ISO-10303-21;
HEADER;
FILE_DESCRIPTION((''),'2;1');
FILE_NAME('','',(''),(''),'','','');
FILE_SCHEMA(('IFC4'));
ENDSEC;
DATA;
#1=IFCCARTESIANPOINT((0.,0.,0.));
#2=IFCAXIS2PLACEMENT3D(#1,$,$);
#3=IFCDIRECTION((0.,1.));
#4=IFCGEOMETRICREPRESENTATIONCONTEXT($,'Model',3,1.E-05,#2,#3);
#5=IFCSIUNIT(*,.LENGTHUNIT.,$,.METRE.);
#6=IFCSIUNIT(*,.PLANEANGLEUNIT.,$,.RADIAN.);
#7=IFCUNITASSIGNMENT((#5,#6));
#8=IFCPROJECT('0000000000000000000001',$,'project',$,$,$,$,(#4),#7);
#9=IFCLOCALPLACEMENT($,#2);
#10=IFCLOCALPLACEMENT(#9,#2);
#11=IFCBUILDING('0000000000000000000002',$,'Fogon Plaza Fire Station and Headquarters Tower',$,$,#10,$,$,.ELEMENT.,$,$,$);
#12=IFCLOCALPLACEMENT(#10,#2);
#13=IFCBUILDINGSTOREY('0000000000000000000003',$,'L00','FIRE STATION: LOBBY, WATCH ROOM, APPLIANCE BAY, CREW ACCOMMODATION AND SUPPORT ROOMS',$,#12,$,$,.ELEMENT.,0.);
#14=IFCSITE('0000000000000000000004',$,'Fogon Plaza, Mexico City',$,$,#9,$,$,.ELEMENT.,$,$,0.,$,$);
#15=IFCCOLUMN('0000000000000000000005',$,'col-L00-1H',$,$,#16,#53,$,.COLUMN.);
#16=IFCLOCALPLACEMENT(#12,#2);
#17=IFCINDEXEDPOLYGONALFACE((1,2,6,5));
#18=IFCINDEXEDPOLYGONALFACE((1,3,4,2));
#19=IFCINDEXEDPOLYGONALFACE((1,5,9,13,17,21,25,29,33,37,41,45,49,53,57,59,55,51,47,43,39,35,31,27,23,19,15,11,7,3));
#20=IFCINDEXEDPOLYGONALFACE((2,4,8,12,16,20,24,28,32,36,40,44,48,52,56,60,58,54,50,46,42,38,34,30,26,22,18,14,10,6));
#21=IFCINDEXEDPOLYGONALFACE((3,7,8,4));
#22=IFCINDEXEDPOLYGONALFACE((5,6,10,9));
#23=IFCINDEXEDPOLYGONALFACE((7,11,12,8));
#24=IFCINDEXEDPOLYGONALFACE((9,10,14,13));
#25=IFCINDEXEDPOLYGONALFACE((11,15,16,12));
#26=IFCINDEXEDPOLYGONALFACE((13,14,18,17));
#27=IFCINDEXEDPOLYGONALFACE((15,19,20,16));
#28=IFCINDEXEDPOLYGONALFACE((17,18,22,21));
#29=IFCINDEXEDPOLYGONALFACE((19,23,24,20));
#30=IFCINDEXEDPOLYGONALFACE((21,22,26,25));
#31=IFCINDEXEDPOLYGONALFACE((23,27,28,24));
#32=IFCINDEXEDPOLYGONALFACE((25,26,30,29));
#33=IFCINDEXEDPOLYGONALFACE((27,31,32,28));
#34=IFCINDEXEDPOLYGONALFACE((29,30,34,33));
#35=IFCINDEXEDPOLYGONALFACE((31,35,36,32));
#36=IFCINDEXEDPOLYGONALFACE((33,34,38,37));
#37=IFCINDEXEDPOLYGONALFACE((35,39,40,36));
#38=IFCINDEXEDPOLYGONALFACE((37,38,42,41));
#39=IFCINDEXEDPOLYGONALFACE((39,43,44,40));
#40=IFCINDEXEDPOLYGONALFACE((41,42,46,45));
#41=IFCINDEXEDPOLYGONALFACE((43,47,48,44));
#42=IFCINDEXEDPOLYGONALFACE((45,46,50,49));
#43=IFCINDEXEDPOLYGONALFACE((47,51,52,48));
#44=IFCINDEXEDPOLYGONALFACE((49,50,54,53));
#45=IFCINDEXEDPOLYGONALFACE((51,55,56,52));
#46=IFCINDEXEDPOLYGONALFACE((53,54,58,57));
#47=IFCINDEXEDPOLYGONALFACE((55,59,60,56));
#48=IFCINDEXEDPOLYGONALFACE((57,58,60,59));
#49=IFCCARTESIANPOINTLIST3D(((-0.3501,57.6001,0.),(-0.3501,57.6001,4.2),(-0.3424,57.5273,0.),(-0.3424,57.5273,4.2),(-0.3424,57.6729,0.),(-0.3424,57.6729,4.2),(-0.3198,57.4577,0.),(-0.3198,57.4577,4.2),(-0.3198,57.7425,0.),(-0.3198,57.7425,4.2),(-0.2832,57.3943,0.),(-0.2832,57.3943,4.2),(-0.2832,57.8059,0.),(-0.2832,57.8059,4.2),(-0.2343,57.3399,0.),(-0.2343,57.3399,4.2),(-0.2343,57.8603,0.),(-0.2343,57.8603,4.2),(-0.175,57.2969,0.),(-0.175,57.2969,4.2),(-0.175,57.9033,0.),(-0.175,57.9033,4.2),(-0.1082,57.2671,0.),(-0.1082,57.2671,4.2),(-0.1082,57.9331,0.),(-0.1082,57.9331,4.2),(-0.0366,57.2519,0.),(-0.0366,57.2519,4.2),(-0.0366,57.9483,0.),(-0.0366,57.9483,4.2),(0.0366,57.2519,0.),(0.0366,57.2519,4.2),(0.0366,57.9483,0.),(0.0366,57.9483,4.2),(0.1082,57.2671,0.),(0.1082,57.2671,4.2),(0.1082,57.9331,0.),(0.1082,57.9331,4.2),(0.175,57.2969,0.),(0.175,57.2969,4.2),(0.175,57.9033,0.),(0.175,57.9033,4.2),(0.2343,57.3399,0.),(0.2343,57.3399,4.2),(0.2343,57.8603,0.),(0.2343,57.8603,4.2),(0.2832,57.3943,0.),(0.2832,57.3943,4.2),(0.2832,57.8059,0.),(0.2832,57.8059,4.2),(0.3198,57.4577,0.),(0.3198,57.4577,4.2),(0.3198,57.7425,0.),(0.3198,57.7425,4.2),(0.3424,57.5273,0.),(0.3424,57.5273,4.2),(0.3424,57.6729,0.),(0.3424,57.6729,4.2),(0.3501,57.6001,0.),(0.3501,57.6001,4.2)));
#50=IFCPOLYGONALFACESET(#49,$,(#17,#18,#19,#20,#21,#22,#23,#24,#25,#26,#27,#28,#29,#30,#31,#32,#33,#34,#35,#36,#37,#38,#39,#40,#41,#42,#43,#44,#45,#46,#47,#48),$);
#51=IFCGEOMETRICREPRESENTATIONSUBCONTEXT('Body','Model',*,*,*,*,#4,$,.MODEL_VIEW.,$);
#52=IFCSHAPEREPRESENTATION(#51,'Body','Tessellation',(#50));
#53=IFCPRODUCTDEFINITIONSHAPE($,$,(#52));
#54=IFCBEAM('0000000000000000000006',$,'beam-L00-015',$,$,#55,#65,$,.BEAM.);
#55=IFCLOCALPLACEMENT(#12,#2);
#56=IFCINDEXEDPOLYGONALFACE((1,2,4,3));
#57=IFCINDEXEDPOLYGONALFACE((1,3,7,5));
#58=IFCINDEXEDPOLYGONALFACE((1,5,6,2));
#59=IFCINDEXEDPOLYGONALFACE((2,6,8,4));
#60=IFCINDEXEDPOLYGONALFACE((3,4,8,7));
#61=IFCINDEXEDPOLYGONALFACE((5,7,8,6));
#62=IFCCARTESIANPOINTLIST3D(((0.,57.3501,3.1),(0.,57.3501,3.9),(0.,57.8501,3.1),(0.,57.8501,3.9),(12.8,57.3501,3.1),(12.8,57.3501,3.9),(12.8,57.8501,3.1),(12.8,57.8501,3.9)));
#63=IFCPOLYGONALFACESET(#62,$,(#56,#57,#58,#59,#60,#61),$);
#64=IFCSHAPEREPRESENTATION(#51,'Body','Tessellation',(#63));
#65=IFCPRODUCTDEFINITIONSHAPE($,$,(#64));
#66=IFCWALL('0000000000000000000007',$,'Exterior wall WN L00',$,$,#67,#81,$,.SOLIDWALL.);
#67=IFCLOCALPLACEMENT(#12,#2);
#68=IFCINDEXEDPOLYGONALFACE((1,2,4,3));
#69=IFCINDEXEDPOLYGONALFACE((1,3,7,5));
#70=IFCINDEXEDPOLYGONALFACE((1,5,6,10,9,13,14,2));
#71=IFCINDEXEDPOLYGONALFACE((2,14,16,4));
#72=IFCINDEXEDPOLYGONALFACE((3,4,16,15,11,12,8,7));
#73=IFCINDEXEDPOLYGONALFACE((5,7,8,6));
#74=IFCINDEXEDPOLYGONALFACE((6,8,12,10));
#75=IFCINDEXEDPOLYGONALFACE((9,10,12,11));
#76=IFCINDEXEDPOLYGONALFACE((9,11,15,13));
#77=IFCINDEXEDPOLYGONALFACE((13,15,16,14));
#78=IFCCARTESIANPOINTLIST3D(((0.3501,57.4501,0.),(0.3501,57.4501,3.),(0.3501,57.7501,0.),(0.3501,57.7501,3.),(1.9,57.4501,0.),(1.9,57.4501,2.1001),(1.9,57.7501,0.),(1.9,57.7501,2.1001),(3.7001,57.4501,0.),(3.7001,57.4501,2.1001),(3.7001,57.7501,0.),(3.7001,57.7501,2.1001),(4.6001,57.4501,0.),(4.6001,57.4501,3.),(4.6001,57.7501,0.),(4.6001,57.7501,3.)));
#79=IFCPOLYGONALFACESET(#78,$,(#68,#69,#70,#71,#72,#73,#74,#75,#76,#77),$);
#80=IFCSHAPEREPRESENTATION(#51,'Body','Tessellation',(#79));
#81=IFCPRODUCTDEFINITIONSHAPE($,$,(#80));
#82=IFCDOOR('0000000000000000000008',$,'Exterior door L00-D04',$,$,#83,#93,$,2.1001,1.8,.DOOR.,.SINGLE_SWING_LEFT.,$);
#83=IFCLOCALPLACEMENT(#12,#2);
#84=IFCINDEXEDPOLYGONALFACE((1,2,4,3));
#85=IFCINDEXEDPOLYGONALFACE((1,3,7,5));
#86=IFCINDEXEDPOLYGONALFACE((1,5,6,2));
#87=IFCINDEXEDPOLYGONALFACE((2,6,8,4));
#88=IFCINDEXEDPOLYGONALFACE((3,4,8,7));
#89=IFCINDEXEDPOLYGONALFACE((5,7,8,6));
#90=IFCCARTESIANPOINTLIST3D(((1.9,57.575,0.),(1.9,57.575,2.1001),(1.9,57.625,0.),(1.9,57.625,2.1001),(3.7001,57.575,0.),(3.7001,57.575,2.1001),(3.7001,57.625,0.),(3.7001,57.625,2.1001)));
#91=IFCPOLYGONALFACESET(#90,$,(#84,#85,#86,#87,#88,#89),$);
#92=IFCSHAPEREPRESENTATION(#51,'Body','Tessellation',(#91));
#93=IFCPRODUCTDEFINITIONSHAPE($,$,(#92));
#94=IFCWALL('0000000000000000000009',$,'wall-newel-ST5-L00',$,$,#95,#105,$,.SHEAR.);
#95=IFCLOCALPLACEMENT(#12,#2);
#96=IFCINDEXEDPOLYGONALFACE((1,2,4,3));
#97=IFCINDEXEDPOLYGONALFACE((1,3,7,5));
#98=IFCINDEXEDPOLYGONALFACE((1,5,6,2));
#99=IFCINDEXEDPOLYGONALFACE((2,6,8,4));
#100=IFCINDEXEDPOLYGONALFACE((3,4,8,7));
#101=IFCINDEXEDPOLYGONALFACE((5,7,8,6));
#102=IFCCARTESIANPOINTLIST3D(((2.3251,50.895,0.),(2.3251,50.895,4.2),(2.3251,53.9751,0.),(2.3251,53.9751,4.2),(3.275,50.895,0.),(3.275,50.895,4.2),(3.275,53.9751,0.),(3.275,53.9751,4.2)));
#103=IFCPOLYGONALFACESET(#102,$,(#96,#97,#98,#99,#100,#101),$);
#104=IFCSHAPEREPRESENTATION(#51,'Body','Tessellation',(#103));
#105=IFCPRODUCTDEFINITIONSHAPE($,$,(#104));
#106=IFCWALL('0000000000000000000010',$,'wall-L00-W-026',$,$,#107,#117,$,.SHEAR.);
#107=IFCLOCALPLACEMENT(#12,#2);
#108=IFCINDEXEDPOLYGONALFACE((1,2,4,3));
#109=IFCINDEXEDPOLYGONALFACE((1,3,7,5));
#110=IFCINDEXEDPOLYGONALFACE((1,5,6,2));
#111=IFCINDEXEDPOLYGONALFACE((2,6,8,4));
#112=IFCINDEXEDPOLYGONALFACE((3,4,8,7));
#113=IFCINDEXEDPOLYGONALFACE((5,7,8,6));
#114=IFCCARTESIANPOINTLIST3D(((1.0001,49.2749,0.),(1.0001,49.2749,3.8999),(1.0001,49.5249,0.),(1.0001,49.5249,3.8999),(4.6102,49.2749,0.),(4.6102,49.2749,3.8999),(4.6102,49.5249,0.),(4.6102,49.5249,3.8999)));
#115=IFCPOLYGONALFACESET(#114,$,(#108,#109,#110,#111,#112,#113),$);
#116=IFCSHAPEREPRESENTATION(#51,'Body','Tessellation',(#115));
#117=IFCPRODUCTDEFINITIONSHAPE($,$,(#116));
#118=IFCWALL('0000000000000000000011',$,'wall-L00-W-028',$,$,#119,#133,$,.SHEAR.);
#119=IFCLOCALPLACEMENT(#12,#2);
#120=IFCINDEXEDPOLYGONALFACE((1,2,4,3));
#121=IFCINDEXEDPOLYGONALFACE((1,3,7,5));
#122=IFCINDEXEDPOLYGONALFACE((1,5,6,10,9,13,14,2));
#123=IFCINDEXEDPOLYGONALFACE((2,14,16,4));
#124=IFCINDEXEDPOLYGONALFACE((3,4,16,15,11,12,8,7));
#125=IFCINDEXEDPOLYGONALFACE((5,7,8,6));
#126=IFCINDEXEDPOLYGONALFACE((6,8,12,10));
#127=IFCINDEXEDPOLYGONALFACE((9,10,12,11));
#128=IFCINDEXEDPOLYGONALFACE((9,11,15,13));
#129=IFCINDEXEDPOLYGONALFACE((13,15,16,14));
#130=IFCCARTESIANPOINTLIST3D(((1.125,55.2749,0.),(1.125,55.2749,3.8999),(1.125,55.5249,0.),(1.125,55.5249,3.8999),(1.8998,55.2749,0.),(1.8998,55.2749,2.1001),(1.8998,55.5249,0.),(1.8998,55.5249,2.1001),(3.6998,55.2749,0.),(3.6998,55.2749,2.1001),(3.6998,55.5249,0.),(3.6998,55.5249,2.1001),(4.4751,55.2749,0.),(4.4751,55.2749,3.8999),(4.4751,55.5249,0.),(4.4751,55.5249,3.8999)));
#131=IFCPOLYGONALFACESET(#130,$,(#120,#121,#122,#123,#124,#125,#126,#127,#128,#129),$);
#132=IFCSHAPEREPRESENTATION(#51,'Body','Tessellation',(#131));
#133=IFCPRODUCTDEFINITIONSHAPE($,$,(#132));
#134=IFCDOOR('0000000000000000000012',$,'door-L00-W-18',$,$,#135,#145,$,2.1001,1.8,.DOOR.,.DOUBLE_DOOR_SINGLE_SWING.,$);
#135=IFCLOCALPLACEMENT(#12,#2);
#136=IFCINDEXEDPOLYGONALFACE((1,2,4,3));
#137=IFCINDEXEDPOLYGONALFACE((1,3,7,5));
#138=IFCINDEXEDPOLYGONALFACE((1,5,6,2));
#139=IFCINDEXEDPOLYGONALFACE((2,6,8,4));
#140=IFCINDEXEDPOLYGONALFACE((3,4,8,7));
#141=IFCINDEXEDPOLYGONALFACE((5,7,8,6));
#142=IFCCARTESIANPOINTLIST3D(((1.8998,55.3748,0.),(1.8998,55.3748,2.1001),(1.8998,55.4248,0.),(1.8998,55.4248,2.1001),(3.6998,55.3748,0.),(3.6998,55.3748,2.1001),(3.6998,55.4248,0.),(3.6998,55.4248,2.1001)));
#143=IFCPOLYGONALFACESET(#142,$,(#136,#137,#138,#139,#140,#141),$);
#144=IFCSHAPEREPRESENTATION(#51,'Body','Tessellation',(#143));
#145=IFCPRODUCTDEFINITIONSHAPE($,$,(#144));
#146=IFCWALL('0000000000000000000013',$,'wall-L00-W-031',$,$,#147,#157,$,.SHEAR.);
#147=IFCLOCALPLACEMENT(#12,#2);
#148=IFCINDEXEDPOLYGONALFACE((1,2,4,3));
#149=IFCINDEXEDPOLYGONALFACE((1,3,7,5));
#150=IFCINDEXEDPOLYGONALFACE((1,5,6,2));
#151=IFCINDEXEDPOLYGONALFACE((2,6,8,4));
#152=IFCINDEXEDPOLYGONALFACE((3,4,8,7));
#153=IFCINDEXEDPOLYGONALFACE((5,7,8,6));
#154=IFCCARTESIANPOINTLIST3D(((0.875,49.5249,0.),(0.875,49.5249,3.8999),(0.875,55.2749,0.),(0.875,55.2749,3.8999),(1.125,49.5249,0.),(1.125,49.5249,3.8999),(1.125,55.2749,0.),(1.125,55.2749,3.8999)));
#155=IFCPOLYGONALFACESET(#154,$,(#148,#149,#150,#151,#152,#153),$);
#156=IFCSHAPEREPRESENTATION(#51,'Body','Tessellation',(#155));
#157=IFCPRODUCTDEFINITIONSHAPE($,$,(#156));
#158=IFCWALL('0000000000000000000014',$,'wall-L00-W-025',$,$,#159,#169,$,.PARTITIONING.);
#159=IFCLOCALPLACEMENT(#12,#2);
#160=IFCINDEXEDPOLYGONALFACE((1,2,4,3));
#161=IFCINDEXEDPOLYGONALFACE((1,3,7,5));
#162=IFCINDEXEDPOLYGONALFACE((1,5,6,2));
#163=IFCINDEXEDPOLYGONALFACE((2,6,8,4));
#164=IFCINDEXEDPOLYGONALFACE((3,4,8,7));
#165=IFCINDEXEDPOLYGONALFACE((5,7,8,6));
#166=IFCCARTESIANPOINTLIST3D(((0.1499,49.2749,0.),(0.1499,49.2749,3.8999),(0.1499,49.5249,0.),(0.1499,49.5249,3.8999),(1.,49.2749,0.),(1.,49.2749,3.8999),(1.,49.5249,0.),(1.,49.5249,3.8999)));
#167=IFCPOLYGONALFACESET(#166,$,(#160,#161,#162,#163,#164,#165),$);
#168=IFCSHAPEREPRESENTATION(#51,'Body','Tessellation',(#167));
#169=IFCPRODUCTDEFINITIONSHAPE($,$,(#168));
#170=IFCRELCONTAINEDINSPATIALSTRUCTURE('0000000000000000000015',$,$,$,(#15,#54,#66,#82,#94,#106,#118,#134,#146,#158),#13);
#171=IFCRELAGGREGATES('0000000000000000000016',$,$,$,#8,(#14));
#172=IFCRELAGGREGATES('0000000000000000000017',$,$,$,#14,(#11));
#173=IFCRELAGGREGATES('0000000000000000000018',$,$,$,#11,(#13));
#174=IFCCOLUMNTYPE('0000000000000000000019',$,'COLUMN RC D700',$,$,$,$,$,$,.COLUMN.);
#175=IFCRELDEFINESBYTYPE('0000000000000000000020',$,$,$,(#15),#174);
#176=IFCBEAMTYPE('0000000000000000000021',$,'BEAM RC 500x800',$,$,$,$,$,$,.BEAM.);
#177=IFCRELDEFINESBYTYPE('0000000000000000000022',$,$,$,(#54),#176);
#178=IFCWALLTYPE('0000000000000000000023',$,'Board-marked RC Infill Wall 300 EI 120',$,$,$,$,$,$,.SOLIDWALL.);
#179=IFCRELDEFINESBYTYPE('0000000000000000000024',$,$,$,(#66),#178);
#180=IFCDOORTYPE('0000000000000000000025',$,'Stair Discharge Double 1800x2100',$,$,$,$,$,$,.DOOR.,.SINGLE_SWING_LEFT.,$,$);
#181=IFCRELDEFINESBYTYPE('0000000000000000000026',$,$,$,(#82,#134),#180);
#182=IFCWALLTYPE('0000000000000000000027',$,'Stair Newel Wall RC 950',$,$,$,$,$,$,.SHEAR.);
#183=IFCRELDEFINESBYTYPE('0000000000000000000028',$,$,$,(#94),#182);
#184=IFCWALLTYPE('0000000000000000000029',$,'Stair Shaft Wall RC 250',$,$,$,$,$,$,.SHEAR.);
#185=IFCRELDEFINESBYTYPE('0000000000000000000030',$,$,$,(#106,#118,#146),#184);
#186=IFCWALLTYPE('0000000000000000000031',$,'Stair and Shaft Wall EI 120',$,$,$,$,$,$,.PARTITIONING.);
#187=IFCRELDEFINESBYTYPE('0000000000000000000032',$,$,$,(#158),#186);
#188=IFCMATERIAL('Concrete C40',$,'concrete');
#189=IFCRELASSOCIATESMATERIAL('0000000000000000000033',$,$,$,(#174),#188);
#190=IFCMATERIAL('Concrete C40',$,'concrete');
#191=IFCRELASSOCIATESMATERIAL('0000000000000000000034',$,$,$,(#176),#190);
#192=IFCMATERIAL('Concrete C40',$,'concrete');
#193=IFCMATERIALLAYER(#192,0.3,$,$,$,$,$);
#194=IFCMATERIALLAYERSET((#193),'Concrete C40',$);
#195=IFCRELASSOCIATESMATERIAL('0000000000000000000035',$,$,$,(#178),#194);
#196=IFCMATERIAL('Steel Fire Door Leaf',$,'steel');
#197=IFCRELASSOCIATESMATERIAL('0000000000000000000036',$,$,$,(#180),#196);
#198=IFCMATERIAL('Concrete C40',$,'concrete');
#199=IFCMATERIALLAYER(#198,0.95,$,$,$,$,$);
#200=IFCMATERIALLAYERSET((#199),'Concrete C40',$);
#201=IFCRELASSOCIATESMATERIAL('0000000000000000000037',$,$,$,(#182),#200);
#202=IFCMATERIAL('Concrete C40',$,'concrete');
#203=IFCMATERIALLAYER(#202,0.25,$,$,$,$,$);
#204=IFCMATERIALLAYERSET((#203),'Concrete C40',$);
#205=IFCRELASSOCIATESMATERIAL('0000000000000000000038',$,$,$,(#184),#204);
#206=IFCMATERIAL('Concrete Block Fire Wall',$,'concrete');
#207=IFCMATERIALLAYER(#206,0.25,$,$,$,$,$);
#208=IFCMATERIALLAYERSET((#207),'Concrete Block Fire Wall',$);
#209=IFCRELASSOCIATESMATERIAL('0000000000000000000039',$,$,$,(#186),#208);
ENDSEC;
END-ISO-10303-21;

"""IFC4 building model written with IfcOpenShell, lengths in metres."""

from ifc_helpers import new_model, si_unit, direction, frame, frame_2d, origin, origin_2d, place, context, subcontext, project, spatial, rectangle, circle, extrude, material, layer, layer_set, material_profile, profile_set, type_object, element, fill, save


model = new_model("IFC4")

# Units and contexts
model_context = context("Model", 3, precision=1e-05, world=origin(), true_north=direction((0.0, 1.0)))
body_context = subcontext(model_context, "Body", "Model", "MODEL_VIEW")
ifc_project = project(units=[si_unit("LENGTHUNIT", "METRE"), si_unit("PLANEANGLEUNIT", "RADIAN")], contexts=[model_context])

# Site, building, storey
site_placement = place(None, origin())
site = spatial("IfcSite", under=ifc_project, at=site_placement, Name="Fogon Plaza, Mexico City", CompositionType="ELEMENT", RefElevation=0.0)
building_placement = place(site_placement, origin())
building = spatial("IfcBuilding", under=site, at=building_placement, Name="Fogon Plaza Fire Station and Headquarters Tower", CompositionType="ELEMENT")
storey_placement = place(building_placement, origin())
storey = spatial("IfcBuildingStorey", under=building, at=storey_placement, Name="L00", Description="FIRE STATION: LOBBY, WATCH ROOM, APPLIANCE BAY, CREW ACCOMMODATION AND SUPPORT ROOMS", CompositionType="ELEMENT", Elevation=0.0)

# Column
ifc_material_1 = material(Name="Concrete C40", Category="concrete")
ifc_material_profile_1 = material_profile(ifc_material_1, circle(Radius=0.3501, at=origin_2d()), Name="RC D700")
ifc_profile_set_1 = profile_set([ifc_material_profile_1], Name="Concrete C40")
column_type = type_object("IfcColumnType", Name="COLUMN RC D700", PredefinedType="COLUMN", material=ifc_profile_set_1)
column_placement = place(storey_placement, frame((0.0, 57.6001, 0.0), z_axis=(0.0, 0.0, 1.0), x_axis=(1.0, 0.0, 0.0)))
element("IfcColumn", 1, at=column_placement, inside=storey, type_object=column_type, Name="col-L00-1H", PredefinedType="COLUMN", context=body_context, shape_type="SweptSolid", body=[
    extrude(circle(Radius=0.3501, at=origin_2d()), origin(), (0.0, 0.0, 1.0), 4.2),
])

# Beam
ifc_material_2 = material(Name="Concrete C40", Category="concrete")
ifc_material_profile_2 = material_profile(ifc_material_2, rectangle(XDim=0.5, YDim=0.8, at=origin_2d()), Name="RC 500x800")
ifc_profile_set_2 = profile_set([ifc_material_profile_2], Name="Concrete C40")
beam_type = type_object("IfcBeamType", Name="BEAM RC 500x800", PredefinedType="BEAM", material=ifc_profile_set_2)
beam_placement = place(storey_placement, frame((0.0, 57.6001, 3.5), z_axis=(1.0, 0.0, 0.0), x_axis=(0.0, 1.0, 0.0)))
element("IfcBeam", 2, at=beam_placement, inside=storey, type_object=beam_type, Name="beam-L00-015", PredefinedType="BEAM", context=body_context, shape_type="SweptSolid", body=[
    extrude(rectangle(XDim=0.5, YDim=0.8, at=origin_2d()), origin(), (0.0, 0.0, 1.0), 12.8),
])

# Wall, opening, door
ifc_material_3 = material(Name="Concrete C40", Category="concrete")
ifc_layer_1 = layer(ifc_material_3, 0.3)
ifc_layer_set_1 = layer_set([ifc_layer_1], Name="Concrete C40")
wall_type_1 = type_object("IfcWallType", Name="Board-marked RC Infill Wall 300 EI 120", PredefinedType="SOLIDWALL", material=ifc_layer_set_1)
wall_1_placement = place(storey_placement, frame((0.3501, 57.6001, 0.0), z_axis=(0.0, 0.0, 1.0), x_axis=(1.0, 0.0, 0.0)))
wall_1 = element("IfcWall", 3, at=wall_1_placement, inside=storey, type_object=wall_type_1, Name="Exterior wall WN L00", PredefinedType="SOLIDWALL", context=body_context, shape_type="SweptSolid", body=[
    extrude(rectangle(XDim=4.25, YDim=0.3, at=frame_2d((2.125, 0.0))), origin(), (0.0, 0.0, 1.0), 3.0),
])
opening_1_placement = place(wall_1_placement, frame((1.55, 0.0, 0.0)))
opening_1 = element("IfcOpeningElement", 4, at=opening_1_placement, cuts=wall_1, PredefinedType="OPENING", context=body_context, shape_type="SweptSolid", body=[
    extrude(rectangle(XDim=1.8, YDim=2.1001, at=frame_2d((0.8999, 1.05))), frame((0.0, 0.1599, 0.0), z_axis=(0.0, -1.0, 0.0), x_axis=(1.0, 0.0, 0.0)), (0.0, 0.0, 1.0), 0.3201),
])
ifc_material_4 = material(Name="Steel Fire Door Leaf", Category="steel")
door_type = type_object("IfcDoorType", Name="Stair Discharge Double 1800x2100", OperationType="SINGLE_SWING_LEFT", PredefinedType="DOOR", material=ifc_material_4)
door_1_placement = place(opening_1_placement, origin())
door_1 = element("IfcDoor", 5, at=door_1_placement, inside=storey, type_object=door_type, Name="Exterior door L00-D04", OperationType="SINGLE_SWING_LEFT", OverallHeight=2.1001, OverallWidth=1.8, PredefinedType="DOOR", context=body_context, shape_type="SweptSolid", body=[
    extrude(rectangle(XDim=1.8, YDim=2.1001, at=frame_2d((0.8999, 1.05))), frame((0.0, 0.0249, 0.0), z_axis=(0.0, -1.0, 0.0), x_axis=(1.0, 0.0, 0.0)), (0.0, 0.0, 1.0), 0.05),
])
fill(opening_1, door_1)

# Walls
ifc_material_5 = material(Name="Concrete C40", Category="concrete")
ifc_layer_2 = layer(ifc_material_5, 0.95)
ifc_layer_set_2 = layer_set([ifc_layer_2], Name="Concrete C40")
wall_type_2 = type_object("IfcWallType", Name="Stair Newel Wall RC 950", PredefinedType="SHEAR", material=ifc_layer_set_2)
wall_2_placement = place(storey_placement, frame((2.8, 53.9751, 0.0), z_axis=(0.0, 0.0, 1.0), x_axis=(0.0, -1.0, 0.0)))
element("IfcWall", 6, at=wall_2_placement, inside=storey, type_object=wall_type_2, Name="wall-newel-ST5-L00", PredefinedType="SHEAR", context=body_context, shape_type="SweptSolid", body=[
    extrude(rectangle(XDim=3.0801, YDim=0.95, at=frame_2d((1.54, 0.0))), origin(), (0.0, 0.0, 1.0), 4.2),
])
ifc_material_6 = material(Name="Concrete C40", Category="concrete")
ifc_layer_3 = layer(ifc_material_6, 0.25)
ifc_layer_set_3 = layer_set([ifc_layer_3], Name="Concrete C40")
wall_type_3 = type_object("IfcWallType", Name="Stair Shaft Wall RC 250", PredefinedType="SHEAR", material=ifc_layer_set_3)
wall_3_placement = place(storey_placement, frame((1.0, 49.3999, 0.0), z_axis=(0.0, 0.0, 1.0), x_axis=(1.0, 0.0, 0.0)))
element("IfcWall", 7, at=wall_3_placement, inside=storey, type_object=wall_type_3, Name="wall-L00-W-026", PredefinedType="SHEAR", context=body_context, shape_type="SweptSolid", body=[
    extrude(rectangle(XDim=3.6101, YDim=0.25, at=frame_2d((1.8052, 0.0))), origin(), (0.0, 0.0, 1.0), 3.8999),
])

# Wall, opening, door
wall_4_placement = place(storey_placement, frame((1.125, 55.3999, 0.0), z_axis=(0.0, 0.0, 1.0), x_axis=(1.0, 0.0, 0.0)))
wall_4 = element("IfcWall", 8, at=wall_4_placement, inside=storey, type_object=wall_type_3, Name="wall-L00-W-028", PredefinedType="SHEAR", context=body_context, shape_type="SweptSolid", body=[
    extrude(rectangle(XDim=3.3501, YDim=0.25, at=frame_2d((1.675, 0.0))), origin(), (0.0, 0.0, 1.0), 3.8999),
])
opening_2_placement = place(wall_4_placement, frame((0.7749, 0.0, 0.0)))
opening_2 = element("IfcOpeningElement", 9, at=opening_2_placement, cuts=wall_4, PredefinedType="OPENING", context=body_context, shape_type="SweptSolid", body=[
    extrude(rectangle(XDim=1.8, YDim=2.1001, at=frame_2d((0.8999, 1.05))), frame((0.0, 0.135, 0.0), z_axis=(0.0, -1.0, 0.0), x_axis=(1.0, 0.0, 0.0)), (0.0, 0.0, 1.0), 0.27),
])
door_2_placement = place(opening_2_placement, origin())
door_2 = element("IfcDoor", 10, at=door_2_placement, inside=storey, type_object=door_type, Name="door-L00-W-18", OperationType="DOUBLE_DOOR_SINGLE_SWING", OverallHeight=2.1001, OverallWidth=1.8, PredefinedType="DOOR", context=body_context, shape_type="SweptSolid", body=[
    extrude(rectangle(XDim=1.8, YDim=2.1001, at=frame_2d((0.8999, 1.05))), frame((0.0, 0.0249, 0.0), z_axis=(0.0, -1.0, 0.0), x_axis=(1.0, 0.0, 0.0)), (0.0, 0.0, 1.0), 0.05),
])
fill(opening_2, door_2)

# Walls
wall_5_placement = place(storey_placement, frame((1.0, 49.5249, 0.0), z_axis=(0.0, 0.0, 1.0), x_axis=(0.0, 1.0, 0.0)))
element("IfcWall", 11, at=wall_5_placement, inside=storey, type_object=wall_type_3, Name="wall-L00-W-031", PredefinedType="SHEAR", context=body_context, shape_type="SweptSolid", body=[
    extrude(rectangle(XDim=5.75, YDim=0.25, at=frame_2d((2.875, 0.0))), origin(), (0.0, 0.0, 1.0), 3.8999),
])
ifc_material_7 = material(Name="Concrete Block Fire Wall", Category="concrete")
ifc_layer_4 = layer(ifc_material_7, 0.25)
ifc_layer_set_4 = layer_set([ifc_layer_4], Name="Concrete Block Fire Wall")
wall_type_4 = type_object("IfcWallType", Name="Stair and Shaft Wall EI 120", PredefinedType="PARTITIONING", material=ifc_layer_set_4)
wall_6_placement = place(storey_placement, frame((0.1499, 49.3999, 0.0), z_axis=(0.0, 0.0, 1.0), x_axis=(1.0, 0.0, 0.0)))
element("IfcWall", 12, at=wall_6_placement, inside=storey, type_object=wall_type_4, Name="wall-L00-W-025", PredefinedType="PARTITIONING", context=body_context, shape_type="SweptSolid", body=[
    extrude(rectangle(XDim=0.8501, YDim=0.25, at=frame_2d((0.425, 0.0))), origin(), (0.0, 0.0, 1.0), 3.8999),
])

save(model, "model.ifc")
